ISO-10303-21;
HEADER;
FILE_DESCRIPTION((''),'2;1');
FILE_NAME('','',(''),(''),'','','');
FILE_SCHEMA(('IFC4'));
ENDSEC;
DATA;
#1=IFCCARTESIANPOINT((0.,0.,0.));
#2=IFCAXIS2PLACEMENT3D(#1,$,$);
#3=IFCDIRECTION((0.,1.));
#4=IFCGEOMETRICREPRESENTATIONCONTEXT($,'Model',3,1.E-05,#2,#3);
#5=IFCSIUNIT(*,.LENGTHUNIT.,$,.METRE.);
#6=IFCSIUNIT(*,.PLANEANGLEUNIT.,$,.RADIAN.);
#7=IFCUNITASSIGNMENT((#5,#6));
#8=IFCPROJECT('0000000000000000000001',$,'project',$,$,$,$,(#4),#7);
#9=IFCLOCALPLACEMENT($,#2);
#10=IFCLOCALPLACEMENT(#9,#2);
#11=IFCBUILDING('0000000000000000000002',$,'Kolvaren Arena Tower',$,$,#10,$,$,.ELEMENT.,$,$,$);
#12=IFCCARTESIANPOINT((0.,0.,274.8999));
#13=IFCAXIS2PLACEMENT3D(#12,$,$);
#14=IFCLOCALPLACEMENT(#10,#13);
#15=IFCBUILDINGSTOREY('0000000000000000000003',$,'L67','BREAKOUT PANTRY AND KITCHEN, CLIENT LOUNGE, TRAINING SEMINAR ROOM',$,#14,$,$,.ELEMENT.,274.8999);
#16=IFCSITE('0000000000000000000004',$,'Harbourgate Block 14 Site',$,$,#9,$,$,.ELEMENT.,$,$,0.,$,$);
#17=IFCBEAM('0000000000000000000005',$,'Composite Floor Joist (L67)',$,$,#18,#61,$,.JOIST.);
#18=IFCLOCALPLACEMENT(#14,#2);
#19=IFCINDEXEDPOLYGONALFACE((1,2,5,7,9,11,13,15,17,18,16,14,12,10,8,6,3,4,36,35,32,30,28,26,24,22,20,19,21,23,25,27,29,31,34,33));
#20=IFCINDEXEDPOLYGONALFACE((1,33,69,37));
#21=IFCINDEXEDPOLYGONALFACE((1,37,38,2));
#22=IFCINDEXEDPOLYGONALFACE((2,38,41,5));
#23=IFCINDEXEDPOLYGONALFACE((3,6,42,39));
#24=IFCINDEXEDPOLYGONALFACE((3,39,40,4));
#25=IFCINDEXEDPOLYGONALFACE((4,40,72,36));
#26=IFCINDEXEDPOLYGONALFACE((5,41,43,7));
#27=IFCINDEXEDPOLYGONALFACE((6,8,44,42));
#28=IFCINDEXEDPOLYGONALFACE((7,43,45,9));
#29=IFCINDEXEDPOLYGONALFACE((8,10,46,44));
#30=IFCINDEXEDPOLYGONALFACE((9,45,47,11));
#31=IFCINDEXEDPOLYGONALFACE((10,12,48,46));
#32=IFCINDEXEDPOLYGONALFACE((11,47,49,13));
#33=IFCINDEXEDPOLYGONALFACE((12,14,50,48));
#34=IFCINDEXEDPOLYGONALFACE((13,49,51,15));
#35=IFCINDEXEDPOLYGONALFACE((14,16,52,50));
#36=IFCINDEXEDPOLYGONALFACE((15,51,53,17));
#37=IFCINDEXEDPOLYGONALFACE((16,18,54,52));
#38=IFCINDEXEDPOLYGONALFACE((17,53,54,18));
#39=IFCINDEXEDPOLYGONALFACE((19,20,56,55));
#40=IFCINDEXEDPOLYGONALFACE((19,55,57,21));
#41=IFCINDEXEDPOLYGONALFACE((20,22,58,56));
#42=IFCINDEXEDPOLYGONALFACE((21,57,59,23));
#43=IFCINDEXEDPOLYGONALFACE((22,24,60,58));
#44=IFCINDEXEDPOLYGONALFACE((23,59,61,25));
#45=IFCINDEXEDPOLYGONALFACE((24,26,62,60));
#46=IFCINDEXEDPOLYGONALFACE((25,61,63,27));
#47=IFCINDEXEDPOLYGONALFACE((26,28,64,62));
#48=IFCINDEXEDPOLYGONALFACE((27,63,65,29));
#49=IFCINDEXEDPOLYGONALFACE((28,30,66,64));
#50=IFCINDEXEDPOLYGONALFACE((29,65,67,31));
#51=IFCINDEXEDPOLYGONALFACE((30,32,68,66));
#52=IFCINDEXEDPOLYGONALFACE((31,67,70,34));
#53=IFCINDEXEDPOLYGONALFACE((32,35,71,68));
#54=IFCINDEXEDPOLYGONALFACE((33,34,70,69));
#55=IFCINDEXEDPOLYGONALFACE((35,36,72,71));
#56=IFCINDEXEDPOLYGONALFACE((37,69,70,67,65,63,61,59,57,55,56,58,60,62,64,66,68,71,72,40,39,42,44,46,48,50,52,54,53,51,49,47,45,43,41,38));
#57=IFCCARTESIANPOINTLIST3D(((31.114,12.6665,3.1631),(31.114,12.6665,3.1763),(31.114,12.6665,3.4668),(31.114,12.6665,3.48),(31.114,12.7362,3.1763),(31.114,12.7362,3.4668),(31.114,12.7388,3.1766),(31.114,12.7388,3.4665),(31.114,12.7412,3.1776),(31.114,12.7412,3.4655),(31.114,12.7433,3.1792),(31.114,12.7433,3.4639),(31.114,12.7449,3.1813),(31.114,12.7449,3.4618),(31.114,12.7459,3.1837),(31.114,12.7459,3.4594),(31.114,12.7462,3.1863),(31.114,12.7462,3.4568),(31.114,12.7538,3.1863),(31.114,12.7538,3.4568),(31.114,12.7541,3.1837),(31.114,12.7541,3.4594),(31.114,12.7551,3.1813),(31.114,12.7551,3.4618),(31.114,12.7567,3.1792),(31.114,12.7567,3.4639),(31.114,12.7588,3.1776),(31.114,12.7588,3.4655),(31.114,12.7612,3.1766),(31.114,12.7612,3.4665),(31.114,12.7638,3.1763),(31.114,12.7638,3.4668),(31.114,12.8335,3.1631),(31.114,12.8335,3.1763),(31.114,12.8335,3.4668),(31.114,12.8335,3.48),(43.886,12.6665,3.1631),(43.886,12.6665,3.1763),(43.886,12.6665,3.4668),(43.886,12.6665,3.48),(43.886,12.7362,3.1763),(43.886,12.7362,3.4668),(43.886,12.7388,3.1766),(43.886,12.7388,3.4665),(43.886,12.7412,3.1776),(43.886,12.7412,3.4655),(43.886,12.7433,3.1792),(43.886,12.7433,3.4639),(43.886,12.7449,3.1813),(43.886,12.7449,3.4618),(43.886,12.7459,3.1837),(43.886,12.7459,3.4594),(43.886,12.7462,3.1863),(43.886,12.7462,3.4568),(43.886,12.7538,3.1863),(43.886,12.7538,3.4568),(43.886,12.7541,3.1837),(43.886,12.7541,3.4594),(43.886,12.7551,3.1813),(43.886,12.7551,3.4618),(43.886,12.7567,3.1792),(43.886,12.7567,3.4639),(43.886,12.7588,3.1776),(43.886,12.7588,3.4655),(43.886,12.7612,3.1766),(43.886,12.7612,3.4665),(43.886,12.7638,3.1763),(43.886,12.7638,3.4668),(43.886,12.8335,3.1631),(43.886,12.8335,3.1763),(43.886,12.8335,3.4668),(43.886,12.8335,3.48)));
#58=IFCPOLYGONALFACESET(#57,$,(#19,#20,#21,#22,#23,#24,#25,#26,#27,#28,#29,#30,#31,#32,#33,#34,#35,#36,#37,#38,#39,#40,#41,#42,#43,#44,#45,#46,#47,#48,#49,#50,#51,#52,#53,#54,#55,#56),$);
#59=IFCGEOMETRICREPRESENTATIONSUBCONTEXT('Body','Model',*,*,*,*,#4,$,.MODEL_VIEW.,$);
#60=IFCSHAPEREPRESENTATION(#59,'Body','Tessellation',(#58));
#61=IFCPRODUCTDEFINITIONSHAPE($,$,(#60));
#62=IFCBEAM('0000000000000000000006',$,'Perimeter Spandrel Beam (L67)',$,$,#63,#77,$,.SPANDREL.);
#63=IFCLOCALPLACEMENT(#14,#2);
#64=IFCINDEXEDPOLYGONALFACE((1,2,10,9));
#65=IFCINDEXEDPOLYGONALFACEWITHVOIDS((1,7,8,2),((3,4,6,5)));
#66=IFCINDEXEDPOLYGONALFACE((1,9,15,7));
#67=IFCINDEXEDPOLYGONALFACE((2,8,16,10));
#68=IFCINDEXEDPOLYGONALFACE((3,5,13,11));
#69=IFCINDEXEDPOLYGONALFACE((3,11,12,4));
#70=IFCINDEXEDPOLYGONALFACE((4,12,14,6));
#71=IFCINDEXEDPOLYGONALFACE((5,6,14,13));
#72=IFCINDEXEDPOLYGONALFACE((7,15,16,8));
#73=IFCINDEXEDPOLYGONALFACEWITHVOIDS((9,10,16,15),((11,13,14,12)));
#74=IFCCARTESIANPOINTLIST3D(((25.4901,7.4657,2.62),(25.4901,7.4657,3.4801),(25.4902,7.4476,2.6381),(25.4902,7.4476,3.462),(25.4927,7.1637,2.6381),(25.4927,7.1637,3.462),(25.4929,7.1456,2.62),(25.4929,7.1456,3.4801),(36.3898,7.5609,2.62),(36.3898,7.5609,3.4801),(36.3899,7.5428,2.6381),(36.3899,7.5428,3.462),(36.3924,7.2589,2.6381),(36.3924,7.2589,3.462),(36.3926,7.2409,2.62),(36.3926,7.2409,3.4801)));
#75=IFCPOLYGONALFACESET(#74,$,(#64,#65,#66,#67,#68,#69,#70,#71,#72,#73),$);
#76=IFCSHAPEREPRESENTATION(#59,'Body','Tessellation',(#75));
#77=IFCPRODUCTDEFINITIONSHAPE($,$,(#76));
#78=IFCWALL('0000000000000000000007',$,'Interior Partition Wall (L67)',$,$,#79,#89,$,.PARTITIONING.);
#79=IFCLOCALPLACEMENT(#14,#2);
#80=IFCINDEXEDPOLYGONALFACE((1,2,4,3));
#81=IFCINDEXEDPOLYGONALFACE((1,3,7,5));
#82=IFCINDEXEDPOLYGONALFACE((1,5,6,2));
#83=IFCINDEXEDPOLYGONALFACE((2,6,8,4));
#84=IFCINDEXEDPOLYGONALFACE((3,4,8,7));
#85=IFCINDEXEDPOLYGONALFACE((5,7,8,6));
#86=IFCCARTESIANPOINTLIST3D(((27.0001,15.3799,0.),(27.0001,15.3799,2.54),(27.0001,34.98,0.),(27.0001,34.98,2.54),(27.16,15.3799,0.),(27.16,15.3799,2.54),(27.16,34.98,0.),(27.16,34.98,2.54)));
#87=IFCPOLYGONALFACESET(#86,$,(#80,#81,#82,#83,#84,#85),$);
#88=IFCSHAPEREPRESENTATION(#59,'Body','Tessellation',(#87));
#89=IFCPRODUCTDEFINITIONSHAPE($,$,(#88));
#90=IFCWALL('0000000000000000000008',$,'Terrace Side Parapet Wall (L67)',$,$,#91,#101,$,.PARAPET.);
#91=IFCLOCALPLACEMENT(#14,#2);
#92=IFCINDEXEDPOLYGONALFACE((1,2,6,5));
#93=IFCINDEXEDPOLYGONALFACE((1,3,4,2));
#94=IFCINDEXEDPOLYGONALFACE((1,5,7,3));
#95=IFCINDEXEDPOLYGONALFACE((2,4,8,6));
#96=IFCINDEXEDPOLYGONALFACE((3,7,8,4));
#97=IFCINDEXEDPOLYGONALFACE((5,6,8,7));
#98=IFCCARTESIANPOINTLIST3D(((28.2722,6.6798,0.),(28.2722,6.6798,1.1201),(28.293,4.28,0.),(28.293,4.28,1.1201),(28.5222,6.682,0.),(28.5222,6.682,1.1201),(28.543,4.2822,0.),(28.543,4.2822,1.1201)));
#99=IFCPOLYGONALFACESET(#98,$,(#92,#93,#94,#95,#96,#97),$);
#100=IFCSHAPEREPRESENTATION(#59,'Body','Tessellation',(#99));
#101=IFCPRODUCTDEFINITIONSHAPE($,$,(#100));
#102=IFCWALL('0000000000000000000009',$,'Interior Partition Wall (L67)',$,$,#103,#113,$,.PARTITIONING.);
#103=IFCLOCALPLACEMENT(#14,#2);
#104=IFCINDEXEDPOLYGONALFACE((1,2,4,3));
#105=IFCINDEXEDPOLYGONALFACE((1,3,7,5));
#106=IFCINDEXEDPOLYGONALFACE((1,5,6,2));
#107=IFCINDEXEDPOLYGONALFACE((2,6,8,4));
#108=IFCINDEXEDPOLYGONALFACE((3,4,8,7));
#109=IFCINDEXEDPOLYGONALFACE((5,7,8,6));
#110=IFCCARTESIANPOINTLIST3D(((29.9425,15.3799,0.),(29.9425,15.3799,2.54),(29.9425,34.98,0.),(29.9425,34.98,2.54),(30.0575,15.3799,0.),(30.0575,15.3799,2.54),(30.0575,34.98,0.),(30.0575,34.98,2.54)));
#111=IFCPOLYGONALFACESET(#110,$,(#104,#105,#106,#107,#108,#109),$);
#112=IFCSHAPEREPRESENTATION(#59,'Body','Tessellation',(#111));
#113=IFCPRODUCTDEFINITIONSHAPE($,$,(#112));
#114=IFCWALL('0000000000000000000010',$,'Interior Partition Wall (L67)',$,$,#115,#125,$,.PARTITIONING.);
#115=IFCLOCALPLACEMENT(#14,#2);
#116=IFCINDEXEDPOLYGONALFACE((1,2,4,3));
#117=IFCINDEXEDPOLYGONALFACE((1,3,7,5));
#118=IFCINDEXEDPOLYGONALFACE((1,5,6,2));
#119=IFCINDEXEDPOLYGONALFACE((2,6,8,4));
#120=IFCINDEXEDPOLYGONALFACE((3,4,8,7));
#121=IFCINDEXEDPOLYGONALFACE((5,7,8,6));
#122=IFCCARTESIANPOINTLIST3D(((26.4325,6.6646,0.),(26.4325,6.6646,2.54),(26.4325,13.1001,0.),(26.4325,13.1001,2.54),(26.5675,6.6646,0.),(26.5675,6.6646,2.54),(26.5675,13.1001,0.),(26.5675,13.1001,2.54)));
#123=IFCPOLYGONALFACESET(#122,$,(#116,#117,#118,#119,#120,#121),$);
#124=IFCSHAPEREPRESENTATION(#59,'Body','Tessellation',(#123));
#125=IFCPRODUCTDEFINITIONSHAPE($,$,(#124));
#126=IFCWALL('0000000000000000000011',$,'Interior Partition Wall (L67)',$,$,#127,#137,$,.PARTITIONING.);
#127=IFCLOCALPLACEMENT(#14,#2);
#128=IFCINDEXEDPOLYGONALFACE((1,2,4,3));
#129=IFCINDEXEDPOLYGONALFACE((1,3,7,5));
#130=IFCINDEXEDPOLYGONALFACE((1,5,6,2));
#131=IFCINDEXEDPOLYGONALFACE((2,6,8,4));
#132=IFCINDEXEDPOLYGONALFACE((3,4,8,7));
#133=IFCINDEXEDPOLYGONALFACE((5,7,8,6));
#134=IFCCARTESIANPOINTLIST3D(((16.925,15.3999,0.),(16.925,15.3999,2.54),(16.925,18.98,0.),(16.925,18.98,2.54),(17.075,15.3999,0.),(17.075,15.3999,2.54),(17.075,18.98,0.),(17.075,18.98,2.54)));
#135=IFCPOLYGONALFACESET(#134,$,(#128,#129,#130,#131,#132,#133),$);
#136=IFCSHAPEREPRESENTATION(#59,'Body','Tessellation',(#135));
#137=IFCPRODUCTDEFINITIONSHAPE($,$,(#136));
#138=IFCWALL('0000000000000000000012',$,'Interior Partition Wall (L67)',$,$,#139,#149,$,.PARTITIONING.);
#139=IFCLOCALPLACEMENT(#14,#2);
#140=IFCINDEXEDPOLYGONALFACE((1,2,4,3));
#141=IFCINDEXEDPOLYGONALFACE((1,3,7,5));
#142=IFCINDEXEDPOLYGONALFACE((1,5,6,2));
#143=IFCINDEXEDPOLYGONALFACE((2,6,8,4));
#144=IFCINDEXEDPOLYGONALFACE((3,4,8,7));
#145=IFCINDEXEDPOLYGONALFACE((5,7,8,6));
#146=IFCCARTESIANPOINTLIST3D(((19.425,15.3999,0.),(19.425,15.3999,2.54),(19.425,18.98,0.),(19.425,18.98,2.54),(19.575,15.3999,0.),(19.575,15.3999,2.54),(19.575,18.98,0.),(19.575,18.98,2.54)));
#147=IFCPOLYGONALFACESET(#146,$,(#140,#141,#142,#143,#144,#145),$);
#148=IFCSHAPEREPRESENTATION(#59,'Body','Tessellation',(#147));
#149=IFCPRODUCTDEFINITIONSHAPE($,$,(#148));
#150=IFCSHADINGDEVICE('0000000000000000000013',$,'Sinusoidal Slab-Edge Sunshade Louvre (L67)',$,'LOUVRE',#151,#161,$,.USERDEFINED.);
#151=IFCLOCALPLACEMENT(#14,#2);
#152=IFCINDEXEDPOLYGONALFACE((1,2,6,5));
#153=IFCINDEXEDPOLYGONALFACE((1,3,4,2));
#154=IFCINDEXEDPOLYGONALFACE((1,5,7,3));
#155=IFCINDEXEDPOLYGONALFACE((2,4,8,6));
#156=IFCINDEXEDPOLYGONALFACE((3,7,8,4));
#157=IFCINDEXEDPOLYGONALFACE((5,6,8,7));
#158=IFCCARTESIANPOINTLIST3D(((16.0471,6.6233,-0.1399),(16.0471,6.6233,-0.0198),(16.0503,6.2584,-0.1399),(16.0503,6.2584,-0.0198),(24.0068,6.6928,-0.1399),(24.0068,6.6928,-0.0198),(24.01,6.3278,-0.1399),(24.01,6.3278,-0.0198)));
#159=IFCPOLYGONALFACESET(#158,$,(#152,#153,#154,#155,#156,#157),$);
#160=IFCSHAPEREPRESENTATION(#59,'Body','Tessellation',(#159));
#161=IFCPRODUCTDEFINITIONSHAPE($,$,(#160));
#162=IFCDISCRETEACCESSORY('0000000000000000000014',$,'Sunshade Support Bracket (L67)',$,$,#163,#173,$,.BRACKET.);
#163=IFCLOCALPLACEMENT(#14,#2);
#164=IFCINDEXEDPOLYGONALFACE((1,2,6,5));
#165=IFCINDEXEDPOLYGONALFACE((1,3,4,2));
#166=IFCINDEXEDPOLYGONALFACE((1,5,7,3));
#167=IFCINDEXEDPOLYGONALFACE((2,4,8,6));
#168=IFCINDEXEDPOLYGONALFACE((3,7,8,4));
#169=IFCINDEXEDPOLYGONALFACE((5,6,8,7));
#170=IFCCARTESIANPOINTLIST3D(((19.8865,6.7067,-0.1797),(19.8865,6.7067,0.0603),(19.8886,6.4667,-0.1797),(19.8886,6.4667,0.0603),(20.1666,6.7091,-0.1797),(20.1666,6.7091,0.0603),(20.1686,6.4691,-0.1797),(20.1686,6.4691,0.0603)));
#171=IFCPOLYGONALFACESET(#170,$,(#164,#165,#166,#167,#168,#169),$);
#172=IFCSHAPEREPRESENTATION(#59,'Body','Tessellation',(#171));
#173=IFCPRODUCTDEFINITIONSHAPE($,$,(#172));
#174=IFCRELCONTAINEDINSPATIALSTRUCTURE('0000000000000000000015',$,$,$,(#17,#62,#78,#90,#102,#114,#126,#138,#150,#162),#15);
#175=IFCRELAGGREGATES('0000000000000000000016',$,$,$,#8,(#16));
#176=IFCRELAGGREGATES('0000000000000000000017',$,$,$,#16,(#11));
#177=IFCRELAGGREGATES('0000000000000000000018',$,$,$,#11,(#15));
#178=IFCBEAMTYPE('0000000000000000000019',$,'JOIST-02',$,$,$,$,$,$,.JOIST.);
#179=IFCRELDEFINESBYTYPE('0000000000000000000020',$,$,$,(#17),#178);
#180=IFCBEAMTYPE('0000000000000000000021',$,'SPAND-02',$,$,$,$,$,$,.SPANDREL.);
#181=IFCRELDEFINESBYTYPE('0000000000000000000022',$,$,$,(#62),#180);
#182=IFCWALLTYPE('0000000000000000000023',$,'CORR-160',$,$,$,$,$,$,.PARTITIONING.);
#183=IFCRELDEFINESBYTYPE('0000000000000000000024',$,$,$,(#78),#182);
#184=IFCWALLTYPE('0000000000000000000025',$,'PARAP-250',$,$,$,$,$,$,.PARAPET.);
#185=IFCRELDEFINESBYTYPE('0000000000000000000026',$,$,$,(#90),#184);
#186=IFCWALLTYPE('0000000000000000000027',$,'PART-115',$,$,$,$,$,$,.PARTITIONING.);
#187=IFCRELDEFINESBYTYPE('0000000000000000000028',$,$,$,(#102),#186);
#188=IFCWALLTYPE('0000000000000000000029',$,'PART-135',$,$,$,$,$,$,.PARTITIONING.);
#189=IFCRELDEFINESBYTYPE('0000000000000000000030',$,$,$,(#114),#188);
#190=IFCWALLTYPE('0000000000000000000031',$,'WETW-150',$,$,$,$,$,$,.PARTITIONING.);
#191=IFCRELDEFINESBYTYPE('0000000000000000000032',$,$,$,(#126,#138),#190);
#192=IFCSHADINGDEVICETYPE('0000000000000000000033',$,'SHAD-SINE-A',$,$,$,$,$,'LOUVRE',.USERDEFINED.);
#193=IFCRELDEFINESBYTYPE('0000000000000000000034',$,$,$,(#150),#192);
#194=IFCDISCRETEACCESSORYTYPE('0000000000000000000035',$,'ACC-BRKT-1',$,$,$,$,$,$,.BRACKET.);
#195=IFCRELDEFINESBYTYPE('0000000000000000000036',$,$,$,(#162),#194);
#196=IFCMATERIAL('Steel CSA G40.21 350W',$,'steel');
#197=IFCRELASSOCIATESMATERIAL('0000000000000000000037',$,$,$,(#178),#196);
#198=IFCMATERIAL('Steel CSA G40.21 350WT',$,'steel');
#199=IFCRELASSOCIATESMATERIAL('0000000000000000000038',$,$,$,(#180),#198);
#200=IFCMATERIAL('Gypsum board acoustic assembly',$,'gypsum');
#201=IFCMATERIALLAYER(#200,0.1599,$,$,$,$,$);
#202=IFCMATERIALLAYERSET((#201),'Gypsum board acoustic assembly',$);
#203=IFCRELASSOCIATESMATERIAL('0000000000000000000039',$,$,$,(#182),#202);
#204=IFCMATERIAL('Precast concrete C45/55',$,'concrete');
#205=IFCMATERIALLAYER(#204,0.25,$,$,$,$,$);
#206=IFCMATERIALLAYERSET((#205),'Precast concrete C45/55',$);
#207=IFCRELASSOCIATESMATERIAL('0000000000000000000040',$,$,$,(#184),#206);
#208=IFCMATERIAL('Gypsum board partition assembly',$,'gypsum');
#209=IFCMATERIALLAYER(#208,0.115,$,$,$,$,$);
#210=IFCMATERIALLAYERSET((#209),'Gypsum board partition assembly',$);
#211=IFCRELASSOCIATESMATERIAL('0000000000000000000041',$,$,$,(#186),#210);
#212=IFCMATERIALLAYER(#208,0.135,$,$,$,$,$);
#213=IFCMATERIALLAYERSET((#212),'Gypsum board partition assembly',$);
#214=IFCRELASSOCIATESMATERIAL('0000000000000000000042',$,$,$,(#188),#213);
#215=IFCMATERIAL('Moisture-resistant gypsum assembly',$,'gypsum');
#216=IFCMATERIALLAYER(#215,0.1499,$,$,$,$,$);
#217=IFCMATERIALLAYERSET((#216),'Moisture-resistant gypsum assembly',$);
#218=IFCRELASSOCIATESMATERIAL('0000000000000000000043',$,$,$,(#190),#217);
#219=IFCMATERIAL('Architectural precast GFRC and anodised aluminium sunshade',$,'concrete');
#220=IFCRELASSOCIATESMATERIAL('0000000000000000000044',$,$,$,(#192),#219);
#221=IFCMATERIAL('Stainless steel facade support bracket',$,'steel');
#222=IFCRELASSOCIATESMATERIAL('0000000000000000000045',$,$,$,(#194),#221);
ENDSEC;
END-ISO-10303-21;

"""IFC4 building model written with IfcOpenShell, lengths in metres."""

from ifc_helpers import new_model, si_unit, direction, frame, frame_2d, origin, origin_2d, place, context, subcontext, project, spatial, rectangle, hollow_rectangle, i_section, extrude, material, layer, layer_set, material_profile, profile_set, type_object, element, save


model = new_model("IFC4")

# Units and contexts
model_context = context("Model", 3, precision=1e-05, world=origin(), true_north=direction((0.0, 1.0)))
body_context = subcontext(model_context, "Body", "Model", "MODEL_VIEW")
ifc_project = project(units=[si_unit("LENGTHUNIT", "METRE"), si_unit("PLANEANGLEUNIT", "RADIAN")], contexts=[model_context])

# Site, building, storey
site_placement = place(None, origin())
site = spatial("IfcSite", under=ifc_project, at=site_placement, Name="Harbourgate Block 14 Site", CompositionType="ELEMENT", RefElevation=0.0)
building_placement = place(site_placement, origin())
building = spatial("IfcBuilding", under=site, at=building_placement, Name="Kolvaren Arena Tower", CompositionType="ELEMENT")
storey_placement = place(building_placement, frame((0.0, 0.0, 274.8999)))
storey = spatial("IfcBuildingStorey", under=building, at=storey_placement, Name="L67", Description="BREAKOUT PANTRY AND KITCHEN, CLIENT LOUNGE, TRAINING SEMINAR ROOM", CompositionType="ELEMENT", Elevation=274.8999)

# Beams
ifc_material_1 = material(Name="Steel CSA G40.21 350W", Category="steel")
ifc_material_profile_1 = material_profile(ifc_material_1, i_section(OverallWidth=0.167, OverallDepth=0.3169, WebThickness=0.0076, FlangeThickness=0.0132, FilletRadius=0.01, at=origin_2d()), Name="W310x52")
ifc_profile_set_1 = profile_set([ifc_material_profile_1], Name="Steel CSA G40.21 350W")
beam_type_1 = type_object("IfcBeamType", Name="JOIST-02", PredefinedType="JOIST", material=ifc_profile_set_1)
beam_1_placement = place(storey_placement, frame((31.114, 12.75, 3.3215), z_axis=(1.0, 0.0, 0.0), x_axis=(0.0, 1.0, 0.0)))
element("IfcBeam", 1, at=beam_1_placement, inside=storey, type_object=beam_type_1, Name="Composite Floor Joist (L67)", PredefinedType="JOIST", context=body_context, shape_type="SweptSolid", body=[
    extrude(i_section(OverallWidth=0.167, OverallDepth=0.3169, WebThickness=0.0076, FlangeThickness=0.0132, FilletRadius=0.01, at=origin_2d()), origin(), (0.0, 0.0, 1.0), 12.772),
])
ifc_material_2 = material(Name="Steel CSA G40.21 350WT", Category="steel")
ifc_material_profile_2 = material_profile(ifc_material_2, hollow_rectangle(XDim=0.3201, YDim=0.8601, WallThickness=0.0181, at=origin_2d()), Name="HSS 860x320x18")
ifc_profile_set_2 = profile_set([ifc_material_profile_2], Name="Steel CSA G40.21 350WT")
beam_type_2 = type_object("IfcBeamType", Name="SPAND-02", PredefinedType="SPANDREL", material=ifc_profile_set_2)
beam_2_placement = place(storey_placement, frame((25.4915, 7.3057, 3.05), z_axis=(0.999962, 0.008735, 0.0), x_axis=(-0.008735, 0.999962, 0.0)))
element("IfcBeam", 2, at=beam_2_placement, inside=storey, type_object=beam_type_2, Name="Perimeter Spandrel Beam (L67)", PredefinedType="SPANDREL", context=body_context, shape_type="SweptSolid", body=[
    extrude(hollow_rectangle(XDim=0.3201, YDim=0.8601, WallThickness=0.0181, at=origin_2d()), origin(), (0.0, 0.0, 1.0), 10.9001),
])

# Shared definitions
ifc_material_3 = material(Name="Gypsum board acoustic assembly", Category="gypsum")
ifc_layer_1 = layer(ifc_material_3, 0.1599)
ifc_layer_set_1 = layer_set([ifc_layer_1], Name="Gypsum board acoustic assembly")
wall_type_1 = type_object("IfcWallType", Name="CORR-160", PredefinedType="PARTITIONING", material=ifc_layer_set_1)

# Walls
wall_1_placement = place(storey_placement, frame((27.0801, 15.3799, 0.0), z_axis=(0.0, 0.0, 1.0), x_axis=(0.0, 1.0, 0.0)))
element("IfcWall", 3, at=wall_1_placement, inside=storey, type_object=wall_type_1, Name="Interior Partition Wall (L67)", PredefinedType="PARTITIONING", context=body_context, shape_type="SweptSolid", body=[
    extrude(rectangle(XDim=19.6001, YDim=0.1599, at=frame_2d((9.8, 0.0))), origin(), (0.0, 0.0, 1.0), 2.54),
])
ifc_material_4 = material(Name="Precast concrete C45/55", Category="concrete")
ifc_layer_2 = layer(ifc_material_4, 0.25)
ifc_layer_set_2 = layer_set([ifc_layer_2], Name="Precast concrete C45/55")
wall_type_2 = type_object("IfcWallType", Name="PARAP-250", PredefinedType="PARAPET", material=ifc_layer_set_2)
wall_2_placement = place(storey_placement, frame((28.3972, 6.6809, 0.0), z_axis=(0.0, 0.0, 1.0), x_axis=(0.008647, -0.999963, 0.0)))
element("IfcWall", 4, at=wall_2_placement, inside=storey, type_object=wall_type_2, Name="Terrace Side Parapet Wall (L67)", PredefinedType="PARAPET", context=body_context, shape_type="SweptSolid", body=[
    extrude(rectangle(XDim=2.3999, YDim=0.25, at=frame_2d((1.2, 0.0))), origin(), (0.0, 0.0, 1.0), 1.1201),
])
ifc_material_5 = material(Name="Gypsum board partition assembly", Category="gypsum")
ifc_layer_3 = layer(ifc_material_5, 0.115)
ifc_layer_set_3 = layer_set([ifc_layer_3], Name="Gypsum board partition assembly")
wall_type_3 = type_object("IfcWallType", Name="PART-115", PredefinedType="PARTITIONING", material=ifc_layer_set_3)
wall_3_placement = place(storey_placement, frame((30.0, 15.3799, 0.0), z_axis=(0.0, 0.0, 1.0), x_axis=(0.0, 1.0, 0.0)))
element("IfcWall", 5, at=wall_3_placement, inside=storey, type_object=wall_type_3, Name="Interior Partition Wall (L67)", PredefinedType="PARTITIONING", context=body_context, shape_type="SweptSolid", body=[
    extrude(rectangle(XDim=19.6001, YDim=0.115, at=frame_2d((9.8, 0.0))), origin(), (0.0, 0.0, 1.0), 2.54),
])
ifc_layer_4 = layer(ifc_material_5, 0.135)
ifc_layer_set_4 = layer_set([ifc_layer_4], Name="Gypsum board partition assembly")
wall_type_4 = type_object("IfcWallType", Name="PART-135", PredefinedType="PARTITIONING", material=ifc_layer_set_4)
wall_4_placement = place(storey_placement, frame((26.5, 6.6646, 0.0), z_axis=(0.0, 0.0, 1.0), x_axis=(0.0, 1.0, 0.0)))
element("IfcWall", 6, at=wall_4_placement, inside=storey, type_object=wall_type_4, Name="Interior Partition Wall (L67)", PredefinedType="PARTITIONING", context=body_context, shape_type="SweptSolid", body=[
    extrude(rectangle(XDim=6.4355, YDim=0.135, at=frame_2d((3.2178, 0.0))), origin(), (0.0, 0.0, 1.0), 2.54),
])
ifc_material_6 = material(Name="Moisture-resistant gypsum assembly", Category="gypsum")
ifc_layer_5 = layer(ifc_material_6, 0.1499)
ifc_layer_set_5 = layer_set([ifc_layer_5], Name="Moisture-resistant gypsum assembly")
wall_type_5 = type_object("IfcWallType", Name="WETW-150", PredefinedType="PARTITIONING", material=ifc_layer_set_5)
for number, where, z_axis, x_axis, name in (
    (7, (17.0, 15.3999, 0.0), (0.0, 0.0, 1.0), (0.0, 1.0, 0.0), "Interior Partition Wall (L67)"),
    (8, (19.5, 15.3999, 0.0), (0.0, 0.0, 1.0), (0.0, 1.0, 0.0), "Interior Partition Wall (L67)"),
):
    element("IfcWall", number, at=place(storey_placement, frame(where, z_axis=z_axis, x_axis=x_axis)), inside=storey, type_object=wall_type_5, Name=name, PredefinedType="PARTITIONING", context=body_context, shape_type="SweptSolid", body=[
        extrude(rectangle(XDim=3.5801, YDim=0.1499, at=frame_2d((1.79, 0.0))), origin(), (0.0, 0.0, 1.0), 2.54),
    ])

# Shading device
ifc_material_7 = material(Name="Architectural precast GFRC and anodised aluminium sunshade", Category="concrete")
shading_device_type = type_object("IfcShadingDeviceType", Name="SHAD-SINE-A", ElementType="LOUVRE", PredefinedType="USERDEFINED", material=ifc_material_7)
shading_device_placement = place(storey_placement, frame((20.0286, 6.4756, -0.1399), z_axis=(0.0, 0.0, 1.0), x_axis=(-0.999962, -0.008727, 0.0)))
element("IfcShadingDevice", 9, at=shading_device_placement, inside=storey, type_object=shading_device_type, Name="Sinusoidal Slab-Edge Sunshade Louvre (L67)", ObjectType="LOUVRE", PredefinedType="USERDEFINED", context=body_context, shape_type="SweptSolid", body=[
    extrude(rectangle(XDim=7.96, YDim=0.365, at=origin_2d()), origin(), (0.0, 0.0, 1.0), 0.1201),
])

# Discrete accessory
ifc_material_8 = material(Name="Stainless steel facade support bracket", Category="steel")
discrete_accessory_type = type_object("IfcDiscreteAccessoryType", Name="ACC-BRKT-1", PredefinedType="BRACKET", material=ifc_material_8)
discrete_accessory_placement = place(storey_placement, frame((20.0276, 6.5879, -0.1797), z_axis=(0.0, 0.0, 1.0), x_axis=(-0.999962, -0.008727, 0.0)))
element("IfcDiscreteAccessory", 10, at=discrete_accessory_placement, inside=storey, type_object=discrete_accessory_type, Name="Sunshade Support Bracket (L67)", PredefinedType="BRACKET", context=body_context, shape_type="SweptSolid", body=[
    extrude(rectangle(XDim=0.28, YDim=0.24, at=origin_2d()), origin(), (0.0, 0.0, 1.0), 0.24),
])

save(model, "model.ifc")
